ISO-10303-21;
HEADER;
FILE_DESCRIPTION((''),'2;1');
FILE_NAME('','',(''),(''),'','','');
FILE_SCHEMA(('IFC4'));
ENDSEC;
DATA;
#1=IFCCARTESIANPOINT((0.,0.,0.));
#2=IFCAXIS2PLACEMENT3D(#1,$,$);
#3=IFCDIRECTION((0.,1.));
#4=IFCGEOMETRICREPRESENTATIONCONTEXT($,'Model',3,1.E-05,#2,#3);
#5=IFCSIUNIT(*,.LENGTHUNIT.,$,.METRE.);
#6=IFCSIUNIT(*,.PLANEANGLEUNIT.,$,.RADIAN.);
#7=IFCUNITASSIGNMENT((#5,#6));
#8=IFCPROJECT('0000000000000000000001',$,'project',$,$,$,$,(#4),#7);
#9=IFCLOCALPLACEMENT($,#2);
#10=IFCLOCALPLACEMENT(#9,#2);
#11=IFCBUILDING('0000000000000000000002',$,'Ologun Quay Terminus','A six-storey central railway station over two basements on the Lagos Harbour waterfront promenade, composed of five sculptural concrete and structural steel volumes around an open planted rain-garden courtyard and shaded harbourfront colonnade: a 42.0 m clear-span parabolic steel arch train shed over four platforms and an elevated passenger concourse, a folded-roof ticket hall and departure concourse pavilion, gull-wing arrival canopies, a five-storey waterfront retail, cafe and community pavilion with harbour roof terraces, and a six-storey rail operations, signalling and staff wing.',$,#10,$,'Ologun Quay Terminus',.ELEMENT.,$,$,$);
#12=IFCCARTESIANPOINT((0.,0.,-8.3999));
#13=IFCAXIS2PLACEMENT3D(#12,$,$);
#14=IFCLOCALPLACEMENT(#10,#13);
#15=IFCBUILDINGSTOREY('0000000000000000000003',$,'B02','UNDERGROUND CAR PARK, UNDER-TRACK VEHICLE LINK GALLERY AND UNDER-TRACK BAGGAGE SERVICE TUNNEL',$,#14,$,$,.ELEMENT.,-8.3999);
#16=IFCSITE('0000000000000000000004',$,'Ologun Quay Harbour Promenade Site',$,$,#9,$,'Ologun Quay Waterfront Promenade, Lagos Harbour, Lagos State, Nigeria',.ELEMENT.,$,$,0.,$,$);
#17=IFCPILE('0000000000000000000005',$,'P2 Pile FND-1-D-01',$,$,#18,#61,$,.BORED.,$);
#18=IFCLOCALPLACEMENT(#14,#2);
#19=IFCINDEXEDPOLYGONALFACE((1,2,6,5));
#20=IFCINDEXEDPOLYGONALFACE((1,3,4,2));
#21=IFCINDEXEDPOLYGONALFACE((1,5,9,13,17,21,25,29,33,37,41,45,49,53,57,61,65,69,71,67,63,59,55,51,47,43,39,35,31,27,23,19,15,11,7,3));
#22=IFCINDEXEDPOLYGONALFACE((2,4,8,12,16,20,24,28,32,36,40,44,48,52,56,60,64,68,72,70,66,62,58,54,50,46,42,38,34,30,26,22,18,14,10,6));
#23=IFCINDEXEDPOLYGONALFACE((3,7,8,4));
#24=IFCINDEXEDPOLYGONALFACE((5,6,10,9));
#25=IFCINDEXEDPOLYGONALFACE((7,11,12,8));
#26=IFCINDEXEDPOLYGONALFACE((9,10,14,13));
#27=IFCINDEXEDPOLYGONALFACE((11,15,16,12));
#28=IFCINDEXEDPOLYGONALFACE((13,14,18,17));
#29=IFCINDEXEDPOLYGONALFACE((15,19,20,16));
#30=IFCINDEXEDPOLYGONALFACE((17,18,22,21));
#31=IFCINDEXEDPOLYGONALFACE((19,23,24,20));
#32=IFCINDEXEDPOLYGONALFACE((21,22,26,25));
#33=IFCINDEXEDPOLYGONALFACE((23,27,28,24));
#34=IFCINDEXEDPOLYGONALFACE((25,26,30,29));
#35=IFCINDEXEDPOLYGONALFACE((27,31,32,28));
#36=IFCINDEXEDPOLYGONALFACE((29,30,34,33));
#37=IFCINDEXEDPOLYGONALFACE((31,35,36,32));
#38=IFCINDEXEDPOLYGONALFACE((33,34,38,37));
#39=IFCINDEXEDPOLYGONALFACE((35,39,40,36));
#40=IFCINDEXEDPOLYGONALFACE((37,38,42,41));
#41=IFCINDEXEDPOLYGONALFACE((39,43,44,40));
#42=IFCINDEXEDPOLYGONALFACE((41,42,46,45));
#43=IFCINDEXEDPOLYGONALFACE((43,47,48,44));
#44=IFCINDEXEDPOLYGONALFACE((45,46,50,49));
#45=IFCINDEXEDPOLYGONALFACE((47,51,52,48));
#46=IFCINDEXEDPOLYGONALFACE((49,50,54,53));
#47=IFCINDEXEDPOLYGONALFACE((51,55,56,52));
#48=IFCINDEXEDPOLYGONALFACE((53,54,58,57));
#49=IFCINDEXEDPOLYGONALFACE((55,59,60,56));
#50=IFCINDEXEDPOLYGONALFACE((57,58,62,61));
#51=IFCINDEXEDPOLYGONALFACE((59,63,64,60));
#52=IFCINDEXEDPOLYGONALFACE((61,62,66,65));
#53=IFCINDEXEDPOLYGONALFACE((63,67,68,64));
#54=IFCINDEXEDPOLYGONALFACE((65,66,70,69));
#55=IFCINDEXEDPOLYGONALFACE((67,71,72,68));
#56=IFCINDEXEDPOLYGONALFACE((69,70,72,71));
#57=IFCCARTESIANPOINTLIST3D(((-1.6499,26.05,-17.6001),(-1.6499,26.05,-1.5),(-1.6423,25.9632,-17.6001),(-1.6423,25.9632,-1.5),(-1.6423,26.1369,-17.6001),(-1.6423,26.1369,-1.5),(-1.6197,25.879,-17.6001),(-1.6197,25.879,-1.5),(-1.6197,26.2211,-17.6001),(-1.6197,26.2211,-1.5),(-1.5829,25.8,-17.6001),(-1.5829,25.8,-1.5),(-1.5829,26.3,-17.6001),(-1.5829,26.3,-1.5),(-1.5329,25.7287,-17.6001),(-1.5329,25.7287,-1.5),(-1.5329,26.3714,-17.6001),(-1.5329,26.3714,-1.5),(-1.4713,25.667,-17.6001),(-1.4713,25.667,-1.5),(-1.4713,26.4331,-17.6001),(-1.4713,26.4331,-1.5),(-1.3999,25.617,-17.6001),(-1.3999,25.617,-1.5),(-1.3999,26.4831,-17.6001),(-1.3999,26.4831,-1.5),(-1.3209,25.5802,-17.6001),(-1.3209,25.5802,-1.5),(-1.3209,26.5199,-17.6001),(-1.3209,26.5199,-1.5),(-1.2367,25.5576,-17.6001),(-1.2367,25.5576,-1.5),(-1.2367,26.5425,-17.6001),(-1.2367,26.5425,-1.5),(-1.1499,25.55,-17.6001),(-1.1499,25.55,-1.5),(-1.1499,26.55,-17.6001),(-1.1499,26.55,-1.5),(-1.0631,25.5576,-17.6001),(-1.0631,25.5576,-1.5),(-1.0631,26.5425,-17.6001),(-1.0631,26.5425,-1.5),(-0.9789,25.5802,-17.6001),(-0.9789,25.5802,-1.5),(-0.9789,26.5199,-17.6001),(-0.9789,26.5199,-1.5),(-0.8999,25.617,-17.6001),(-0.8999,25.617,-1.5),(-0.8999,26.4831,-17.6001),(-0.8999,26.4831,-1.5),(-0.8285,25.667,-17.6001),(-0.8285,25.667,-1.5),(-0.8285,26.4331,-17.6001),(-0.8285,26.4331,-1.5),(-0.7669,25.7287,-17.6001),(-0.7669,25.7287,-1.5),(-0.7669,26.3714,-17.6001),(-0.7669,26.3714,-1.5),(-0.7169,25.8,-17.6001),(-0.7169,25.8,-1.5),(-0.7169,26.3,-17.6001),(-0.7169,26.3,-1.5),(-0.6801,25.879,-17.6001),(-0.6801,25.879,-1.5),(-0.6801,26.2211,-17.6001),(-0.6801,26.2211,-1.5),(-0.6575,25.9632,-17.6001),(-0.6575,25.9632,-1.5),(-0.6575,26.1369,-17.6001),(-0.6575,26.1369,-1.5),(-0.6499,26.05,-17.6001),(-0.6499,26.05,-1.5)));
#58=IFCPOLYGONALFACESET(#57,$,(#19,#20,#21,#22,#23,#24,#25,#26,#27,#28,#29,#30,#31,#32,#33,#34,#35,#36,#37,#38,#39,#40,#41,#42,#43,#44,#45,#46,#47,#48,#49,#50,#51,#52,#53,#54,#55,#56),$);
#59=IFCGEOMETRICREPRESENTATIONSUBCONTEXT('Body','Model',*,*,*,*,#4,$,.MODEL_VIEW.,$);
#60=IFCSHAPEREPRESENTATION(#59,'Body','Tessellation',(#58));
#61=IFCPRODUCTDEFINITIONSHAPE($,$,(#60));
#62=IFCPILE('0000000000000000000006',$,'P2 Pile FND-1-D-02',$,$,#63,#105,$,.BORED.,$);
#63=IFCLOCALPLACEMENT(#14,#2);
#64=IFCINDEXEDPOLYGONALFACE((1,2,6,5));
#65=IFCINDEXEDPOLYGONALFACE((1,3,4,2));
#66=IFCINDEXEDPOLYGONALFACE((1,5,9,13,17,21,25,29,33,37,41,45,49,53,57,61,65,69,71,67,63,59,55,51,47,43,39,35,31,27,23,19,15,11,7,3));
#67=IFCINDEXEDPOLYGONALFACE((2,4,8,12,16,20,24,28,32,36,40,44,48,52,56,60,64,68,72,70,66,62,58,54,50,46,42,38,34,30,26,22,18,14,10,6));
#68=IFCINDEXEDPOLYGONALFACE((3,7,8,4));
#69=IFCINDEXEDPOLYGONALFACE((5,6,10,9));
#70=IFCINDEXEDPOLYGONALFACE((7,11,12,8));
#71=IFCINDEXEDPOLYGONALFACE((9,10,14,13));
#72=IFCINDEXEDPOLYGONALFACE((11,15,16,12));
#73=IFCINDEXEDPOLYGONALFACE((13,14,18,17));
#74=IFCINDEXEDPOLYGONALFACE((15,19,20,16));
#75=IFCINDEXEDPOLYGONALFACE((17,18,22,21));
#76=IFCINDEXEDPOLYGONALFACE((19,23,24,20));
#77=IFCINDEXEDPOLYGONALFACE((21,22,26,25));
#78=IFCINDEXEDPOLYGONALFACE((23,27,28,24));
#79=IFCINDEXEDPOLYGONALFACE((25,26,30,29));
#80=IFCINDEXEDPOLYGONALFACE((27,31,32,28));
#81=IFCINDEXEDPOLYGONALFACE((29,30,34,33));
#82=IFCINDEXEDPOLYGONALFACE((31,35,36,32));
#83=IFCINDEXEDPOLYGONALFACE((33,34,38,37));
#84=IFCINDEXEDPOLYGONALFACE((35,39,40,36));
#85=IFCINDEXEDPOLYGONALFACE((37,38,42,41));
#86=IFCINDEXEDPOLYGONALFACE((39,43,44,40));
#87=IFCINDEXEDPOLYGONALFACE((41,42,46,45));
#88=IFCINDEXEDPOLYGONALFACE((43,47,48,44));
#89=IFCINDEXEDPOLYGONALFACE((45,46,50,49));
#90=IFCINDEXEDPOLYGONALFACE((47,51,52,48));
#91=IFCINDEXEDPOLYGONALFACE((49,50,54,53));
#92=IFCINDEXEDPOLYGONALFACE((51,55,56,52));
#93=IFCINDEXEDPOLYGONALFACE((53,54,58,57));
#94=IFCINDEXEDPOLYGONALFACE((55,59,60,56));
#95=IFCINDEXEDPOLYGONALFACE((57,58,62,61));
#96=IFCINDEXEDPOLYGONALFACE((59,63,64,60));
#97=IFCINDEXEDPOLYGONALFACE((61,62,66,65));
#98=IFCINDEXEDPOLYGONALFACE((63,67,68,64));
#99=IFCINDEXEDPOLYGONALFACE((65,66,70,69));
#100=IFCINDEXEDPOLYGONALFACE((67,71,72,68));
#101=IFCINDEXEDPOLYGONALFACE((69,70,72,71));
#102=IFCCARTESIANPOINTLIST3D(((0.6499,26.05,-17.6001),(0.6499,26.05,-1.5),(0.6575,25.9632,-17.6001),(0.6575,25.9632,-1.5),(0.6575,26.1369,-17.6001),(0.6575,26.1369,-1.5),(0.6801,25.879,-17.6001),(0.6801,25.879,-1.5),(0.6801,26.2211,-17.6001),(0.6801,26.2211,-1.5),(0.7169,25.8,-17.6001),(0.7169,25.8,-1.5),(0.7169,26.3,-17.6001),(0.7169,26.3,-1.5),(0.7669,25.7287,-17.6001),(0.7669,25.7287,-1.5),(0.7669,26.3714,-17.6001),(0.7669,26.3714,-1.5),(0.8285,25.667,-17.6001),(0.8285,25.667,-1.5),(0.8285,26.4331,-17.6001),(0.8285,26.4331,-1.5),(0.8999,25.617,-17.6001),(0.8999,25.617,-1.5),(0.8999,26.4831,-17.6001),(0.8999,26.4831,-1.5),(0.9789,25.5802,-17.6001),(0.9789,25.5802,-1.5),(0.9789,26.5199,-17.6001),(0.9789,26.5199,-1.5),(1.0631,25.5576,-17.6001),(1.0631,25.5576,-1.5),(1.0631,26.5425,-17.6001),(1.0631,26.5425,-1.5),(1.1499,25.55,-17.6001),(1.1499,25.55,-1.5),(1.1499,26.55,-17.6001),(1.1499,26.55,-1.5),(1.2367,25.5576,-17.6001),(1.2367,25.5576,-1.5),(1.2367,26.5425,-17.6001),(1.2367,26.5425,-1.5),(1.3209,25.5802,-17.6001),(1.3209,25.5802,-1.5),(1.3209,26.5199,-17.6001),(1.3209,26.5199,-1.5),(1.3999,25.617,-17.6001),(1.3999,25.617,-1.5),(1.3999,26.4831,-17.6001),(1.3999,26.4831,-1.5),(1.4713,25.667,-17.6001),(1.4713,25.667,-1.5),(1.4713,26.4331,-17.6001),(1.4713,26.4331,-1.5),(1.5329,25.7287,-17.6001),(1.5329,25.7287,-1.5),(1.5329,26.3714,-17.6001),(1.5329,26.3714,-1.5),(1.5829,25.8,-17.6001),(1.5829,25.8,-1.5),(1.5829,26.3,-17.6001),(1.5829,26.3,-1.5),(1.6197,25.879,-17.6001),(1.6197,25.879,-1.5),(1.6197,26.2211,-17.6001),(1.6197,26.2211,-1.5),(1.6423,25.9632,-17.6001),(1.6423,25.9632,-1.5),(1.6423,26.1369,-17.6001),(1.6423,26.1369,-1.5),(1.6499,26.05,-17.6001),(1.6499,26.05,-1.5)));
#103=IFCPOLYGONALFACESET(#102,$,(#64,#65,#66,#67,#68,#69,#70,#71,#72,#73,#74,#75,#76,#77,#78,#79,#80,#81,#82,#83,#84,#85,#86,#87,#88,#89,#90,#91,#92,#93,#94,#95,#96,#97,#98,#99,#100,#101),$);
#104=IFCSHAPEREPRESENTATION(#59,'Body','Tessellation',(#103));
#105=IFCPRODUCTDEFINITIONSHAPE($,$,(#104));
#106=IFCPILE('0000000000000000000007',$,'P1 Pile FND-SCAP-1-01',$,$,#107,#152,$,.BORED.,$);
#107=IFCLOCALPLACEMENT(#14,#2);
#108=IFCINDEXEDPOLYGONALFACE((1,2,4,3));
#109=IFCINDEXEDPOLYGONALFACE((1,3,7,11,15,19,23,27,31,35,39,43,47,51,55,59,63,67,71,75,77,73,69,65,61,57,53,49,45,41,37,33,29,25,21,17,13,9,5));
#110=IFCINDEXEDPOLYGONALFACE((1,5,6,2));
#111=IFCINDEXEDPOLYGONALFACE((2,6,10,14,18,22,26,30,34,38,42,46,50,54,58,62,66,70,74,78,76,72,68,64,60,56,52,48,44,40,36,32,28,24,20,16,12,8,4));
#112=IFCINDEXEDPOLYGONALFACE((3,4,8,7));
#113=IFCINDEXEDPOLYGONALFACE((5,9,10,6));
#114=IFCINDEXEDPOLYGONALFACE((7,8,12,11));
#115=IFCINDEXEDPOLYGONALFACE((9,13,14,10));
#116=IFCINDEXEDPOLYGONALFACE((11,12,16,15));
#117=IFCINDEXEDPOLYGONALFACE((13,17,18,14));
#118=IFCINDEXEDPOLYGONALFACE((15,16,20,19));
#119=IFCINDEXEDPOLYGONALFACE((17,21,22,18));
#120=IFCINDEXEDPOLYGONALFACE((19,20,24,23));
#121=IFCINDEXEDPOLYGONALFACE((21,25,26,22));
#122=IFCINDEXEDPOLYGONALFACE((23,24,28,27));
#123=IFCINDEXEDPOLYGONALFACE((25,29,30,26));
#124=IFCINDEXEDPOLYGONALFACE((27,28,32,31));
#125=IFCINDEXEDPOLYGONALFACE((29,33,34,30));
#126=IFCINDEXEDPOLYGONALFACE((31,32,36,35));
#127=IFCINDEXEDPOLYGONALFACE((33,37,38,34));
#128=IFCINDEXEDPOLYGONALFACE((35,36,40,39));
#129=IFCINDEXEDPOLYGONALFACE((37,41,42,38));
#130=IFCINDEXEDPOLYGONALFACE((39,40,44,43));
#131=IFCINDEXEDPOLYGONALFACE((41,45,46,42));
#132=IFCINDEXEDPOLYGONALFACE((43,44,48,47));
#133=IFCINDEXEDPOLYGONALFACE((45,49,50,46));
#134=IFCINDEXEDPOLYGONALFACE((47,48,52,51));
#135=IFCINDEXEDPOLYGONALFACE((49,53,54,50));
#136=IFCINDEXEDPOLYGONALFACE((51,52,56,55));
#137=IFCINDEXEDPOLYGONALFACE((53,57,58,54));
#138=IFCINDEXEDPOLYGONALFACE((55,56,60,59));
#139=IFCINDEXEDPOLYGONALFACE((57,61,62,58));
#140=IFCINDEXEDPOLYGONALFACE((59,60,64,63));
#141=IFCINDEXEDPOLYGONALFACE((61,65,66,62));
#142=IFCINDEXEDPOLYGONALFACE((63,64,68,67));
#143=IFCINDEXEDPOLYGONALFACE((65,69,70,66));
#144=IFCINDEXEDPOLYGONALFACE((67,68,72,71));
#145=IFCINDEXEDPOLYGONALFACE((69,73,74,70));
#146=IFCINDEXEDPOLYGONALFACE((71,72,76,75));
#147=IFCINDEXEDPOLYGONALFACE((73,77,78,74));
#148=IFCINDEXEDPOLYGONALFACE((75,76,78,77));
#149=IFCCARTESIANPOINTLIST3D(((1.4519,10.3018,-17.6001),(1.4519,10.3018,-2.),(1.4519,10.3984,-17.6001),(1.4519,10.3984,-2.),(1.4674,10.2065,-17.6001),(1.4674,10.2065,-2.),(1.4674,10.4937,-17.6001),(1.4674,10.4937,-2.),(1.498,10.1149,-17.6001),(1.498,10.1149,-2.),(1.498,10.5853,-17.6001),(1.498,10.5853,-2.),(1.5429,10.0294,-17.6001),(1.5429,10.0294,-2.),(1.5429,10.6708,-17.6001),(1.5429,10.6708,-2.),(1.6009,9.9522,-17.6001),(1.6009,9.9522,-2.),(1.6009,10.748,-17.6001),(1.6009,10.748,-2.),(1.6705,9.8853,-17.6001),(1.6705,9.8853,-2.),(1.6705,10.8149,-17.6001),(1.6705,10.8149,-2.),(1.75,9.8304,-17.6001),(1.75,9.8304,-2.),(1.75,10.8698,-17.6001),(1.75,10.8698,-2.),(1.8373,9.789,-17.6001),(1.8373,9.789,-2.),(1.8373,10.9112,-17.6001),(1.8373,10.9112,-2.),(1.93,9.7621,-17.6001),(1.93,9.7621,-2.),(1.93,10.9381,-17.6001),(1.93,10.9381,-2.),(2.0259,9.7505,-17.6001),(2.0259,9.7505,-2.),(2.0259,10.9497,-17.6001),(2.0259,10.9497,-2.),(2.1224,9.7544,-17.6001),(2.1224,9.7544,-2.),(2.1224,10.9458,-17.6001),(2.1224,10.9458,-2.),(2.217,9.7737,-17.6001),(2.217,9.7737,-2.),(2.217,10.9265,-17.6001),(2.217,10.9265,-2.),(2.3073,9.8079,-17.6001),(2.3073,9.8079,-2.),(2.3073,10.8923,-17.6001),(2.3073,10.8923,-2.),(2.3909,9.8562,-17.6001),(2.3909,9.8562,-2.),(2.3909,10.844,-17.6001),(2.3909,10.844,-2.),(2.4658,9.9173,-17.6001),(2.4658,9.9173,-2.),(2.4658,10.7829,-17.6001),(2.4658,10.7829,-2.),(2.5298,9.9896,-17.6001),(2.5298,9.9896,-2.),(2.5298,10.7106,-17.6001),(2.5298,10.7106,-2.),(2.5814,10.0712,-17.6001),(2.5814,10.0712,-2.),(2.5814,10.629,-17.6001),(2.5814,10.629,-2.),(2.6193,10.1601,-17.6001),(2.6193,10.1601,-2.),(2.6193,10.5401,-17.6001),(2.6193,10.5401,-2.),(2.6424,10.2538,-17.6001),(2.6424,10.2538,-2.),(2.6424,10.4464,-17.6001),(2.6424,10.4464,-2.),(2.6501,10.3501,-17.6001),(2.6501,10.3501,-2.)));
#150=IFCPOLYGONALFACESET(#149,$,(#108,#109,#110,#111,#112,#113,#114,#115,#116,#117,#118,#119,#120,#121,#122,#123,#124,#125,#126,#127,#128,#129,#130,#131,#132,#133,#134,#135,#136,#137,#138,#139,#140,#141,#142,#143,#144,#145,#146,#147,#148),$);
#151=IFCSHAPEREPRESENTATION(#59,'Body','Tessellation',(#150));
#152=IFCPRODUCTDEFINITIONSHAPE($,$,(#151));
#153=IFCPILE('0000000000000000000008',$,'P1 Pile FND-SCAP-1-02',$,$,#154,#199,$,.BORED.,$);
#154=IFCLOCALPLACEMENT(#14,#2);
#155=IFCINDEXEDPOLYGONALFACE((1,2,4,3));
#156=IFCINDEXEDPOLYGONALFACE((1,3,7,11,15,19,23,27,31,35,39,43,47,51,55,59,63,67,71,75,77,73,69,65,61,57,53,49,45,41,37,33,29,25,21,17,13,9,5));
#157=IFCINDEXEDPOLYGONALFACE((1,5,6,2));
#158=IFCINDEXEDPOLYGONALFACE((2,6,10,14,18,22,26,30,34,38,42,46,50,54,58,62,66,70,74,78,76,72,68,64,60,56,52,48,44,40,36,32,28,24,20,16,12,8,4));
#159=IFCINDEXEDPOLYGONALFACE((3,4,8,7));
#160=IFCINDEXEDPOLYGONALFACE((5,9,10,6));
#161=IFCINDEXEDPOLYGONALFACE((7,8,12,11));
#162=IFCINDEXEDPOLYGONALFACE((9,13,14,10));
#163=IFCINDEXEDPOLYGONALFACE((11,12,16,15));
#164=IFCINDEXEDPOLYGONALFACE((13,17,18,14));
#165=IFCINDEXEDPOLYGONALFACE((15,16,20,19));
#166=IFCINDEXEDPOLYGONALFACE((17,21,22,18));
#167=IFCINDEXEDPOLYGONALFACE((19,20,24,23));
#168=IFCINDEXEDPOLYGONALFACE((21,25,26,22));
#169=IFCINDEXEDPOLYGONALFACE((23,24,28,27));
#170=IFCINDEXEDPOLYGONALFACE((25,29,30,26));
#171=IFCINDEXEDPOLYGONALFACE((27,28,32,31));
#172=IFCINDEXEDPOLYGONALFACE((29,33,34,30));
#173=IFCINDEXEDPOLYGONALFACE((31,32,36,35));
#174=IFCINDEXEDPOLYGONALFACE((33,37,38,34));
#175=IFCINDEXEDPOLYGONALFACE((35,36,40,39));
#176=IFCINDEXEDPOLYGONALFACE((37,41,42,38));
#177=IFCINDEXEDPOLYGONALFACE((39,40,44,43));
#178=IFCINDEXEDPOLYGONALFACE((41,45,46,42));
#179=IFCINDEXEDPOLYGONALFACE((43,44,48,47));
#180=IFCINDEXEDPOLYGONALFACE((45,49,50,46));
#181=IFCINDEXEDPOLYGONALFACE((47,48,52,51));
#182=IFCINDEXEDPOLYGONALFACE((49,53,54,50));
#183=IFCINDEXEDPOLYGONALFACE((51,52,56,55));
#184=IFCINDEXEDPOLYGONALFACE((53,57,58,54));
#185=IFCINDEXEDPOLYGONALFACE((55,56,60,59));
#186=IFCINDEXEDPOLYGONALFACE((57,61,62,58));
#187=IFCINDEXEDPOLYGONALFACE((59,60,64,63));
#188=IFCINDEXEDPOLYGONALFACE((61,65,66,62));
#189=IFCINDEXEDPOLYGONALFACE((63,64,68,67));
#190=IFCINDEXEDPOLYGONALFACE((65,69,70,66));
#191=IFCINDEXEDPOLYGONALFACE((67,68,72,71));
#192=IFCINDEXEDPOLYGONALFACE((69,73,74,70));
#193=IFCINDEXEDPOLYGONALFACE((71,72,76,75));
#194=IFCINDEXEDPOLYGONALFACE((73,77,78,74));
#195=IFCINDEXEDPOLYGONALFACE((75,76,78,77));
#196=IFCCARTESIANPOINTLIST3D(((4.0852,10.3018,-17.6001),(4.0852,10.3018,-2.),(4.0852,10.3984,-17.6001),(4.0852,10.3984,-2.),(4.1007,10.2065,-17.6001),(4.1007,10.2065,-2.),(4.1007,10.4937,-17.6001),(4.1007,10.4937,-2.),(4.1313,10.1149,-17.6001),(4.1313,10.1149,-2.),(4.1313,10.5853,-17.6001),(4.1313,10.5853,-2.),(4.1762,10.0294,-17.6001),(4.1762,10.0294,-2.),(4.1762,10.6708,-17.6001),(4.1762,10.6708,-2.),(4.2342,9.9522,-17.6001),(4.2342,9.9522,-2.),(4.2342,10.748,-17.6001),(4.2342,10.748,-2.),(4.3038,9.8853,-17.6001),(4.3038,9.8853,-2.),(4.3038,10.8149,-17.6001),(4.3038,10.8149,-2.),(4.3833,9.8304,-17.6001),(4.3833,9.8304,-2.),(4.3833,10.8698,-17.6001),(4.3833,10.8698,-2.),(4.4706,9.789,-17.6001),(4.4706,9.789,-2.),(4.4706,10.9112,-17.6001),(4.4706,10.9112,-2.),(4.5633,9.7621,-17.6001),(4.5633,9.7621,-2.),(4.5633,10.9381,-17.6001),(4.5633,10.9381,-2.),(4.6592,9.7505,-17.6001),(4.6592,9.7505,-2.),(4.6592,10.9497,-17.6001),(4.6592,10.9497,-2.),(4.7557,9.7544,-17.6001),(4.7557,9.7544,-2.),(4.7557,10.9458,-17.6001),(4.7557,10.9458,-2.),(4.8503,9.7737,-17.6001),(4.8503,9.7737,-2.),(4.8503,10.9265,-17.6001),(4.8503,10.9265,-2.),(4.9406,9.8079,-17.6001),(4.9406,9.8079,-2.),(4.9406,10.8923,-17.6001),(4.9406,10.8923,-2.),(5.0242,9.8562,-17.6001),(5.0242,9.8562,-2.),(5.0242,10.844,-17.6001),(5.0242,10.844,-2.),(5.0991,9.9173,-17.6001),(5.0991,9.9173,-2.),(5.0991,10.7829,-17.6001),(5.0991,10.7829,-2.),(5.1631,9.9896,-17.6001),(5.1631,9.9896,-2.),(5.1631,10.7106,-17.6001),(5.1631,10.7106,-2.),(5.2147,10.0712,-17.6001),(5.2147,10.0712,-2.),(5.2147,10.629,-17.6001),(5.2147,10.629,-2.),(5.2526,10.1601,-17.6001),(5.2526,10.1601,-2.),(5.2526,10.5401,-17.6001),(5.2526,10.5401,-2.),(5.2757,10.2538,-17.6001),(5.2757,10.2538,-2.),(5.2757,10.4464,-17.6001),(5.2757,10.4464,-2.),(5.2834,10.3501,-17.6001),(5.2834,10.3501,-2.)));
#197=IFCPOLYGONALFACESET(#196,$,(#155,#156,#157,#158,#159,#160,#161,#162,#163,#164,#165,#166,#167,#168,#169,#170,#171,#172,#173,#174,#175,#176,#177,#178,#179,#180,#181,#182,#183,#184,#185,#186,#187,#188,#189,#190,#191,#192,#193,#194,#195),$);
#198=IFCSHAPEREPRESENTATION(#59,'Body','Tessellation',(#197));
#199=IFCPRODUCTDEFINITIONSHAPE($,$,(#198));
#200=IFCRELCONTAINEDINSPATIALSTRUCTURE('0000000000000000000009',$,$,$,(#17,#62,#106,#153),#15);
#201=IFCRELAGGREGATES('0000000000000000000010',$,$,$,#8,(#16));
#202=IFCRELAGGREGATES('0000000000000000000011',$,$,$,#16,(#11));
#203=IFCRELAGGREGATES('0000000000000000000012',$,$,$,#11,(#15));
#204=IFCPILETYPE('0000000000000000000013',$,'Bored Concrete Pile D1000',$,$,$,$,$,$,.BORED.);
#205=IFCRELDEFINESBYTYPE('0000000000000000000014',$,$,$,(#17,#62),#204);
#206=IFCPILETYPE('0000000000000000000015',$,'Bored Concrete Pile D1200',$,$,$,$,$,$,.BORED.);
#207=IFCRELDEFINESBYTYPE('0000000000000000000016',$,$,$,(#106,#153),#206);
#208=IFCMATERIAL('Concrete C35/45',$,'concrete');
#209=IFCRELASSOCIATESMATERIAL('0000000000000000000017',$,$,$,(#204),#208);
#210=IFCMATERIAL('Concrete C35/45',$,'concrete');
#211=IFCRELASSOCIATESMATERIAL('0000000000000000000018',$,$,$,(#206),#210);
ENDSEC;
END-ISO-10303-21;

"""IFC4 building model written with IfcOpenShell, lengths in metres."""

from ifc_helpers import new_model, si_unit, direction, frame, origin, origin_2d, place, context, subcontext, project, spatial, circle, extrude, material, material_profile, profile_set, type_object, element, save


model = new_model("IFC4")

# Units and contexts
model_context = context("Model", 3, precision=1e-05, world=origin(), true_north=direction((0.0, 1.0)))
body_context = subcontext(model_context, "Body", "Model", "MODEL_VIEW")
ifc_project = project(units=[si_unit("LENGTHUNIT", "METRE"), si_unit("PLANEANGLEUNIT", "RADIAN")], contexts=[model_context])

# Site, building, storey
site_placement = place(None, origin())
site = spatial("IfcSite", under=ifc_project, at=site_placement, Name="Ologun Quay Harbour Promenade Site", LongName="Ologun Quay Waterfront Promenade, Lagos Harbour, Lagos State, Nigeria", CompositionType="ELEMENT", RefElevation=0.0)
building_placement = place(site_placement, origin())
building = spatial("IfcBuilding", under=site, at=building_placement, Name="Ologun Quay Terminus", Description="A six-storey central railway station over two basements on the Lagos Harbour waterfront promenade, composed of five sculptural concrete and structural steel volumes around an open planted rain-garden courtyard and shaded harbourfront colonnade: a 42.0 m clear-span parabolic steel arch train shed over four platforms and an elevated passenger concourse, a folded-roof ticket hall and departure concourse pavilion, gull-wing arrival canopies, a five-storey waterfront retail, cafe and community pavilion with harbour roof terraces, and a six-storey rail operations, signalling and staff wing.", LongName="Ologun Quay Terminus", CompositionType="ELEMENT")
storey_placement = place(building_placement, frame((0.0, 0.0, -8.3999)))
storey = spatial("IfcBuildingStorey", under=building, at=storey_placement, Name="B02", Description="UNDERGROUND CAR PARK, UNDER-TRACK VEHICLE LINK GALLERY AND UNDER-TRACK BAGGAGE SERVICE TUNNEL", CompositionType="ELEMENT", Elevation=-8.3999)

# Piles
ifc_material_1 = material(Name="Concrete C35/45", Category="concrete")
ifc_material_profile_1 = material_profile(ifc_material_1, circle(Radius=0.5, at=origin_2d()), Name="PILE D1000")
ifc_profile_set_1 = profile_set([ifc_material_profile_1], Name="Concrete C35/45")
pile_type_1 = type_object("IfcPileType", Name="Bored Concrete Pile D1000", PredefinedType="BORED", material=ifc_profile_set_1)
for number, where, z_axis, x_axis, name in (
    (1, (-1.1499, 26.05, -1.5), (0.0, 0.0, -1.0), (1.0, 0.0, 0.0), "P2 Pile FND-1-D-01"),
    (2, (1.1499, 26.05, -1.5), (0.0, 0.0, -1.0), (1.0, 0.0, 0.0), "P2 Pile FND-1-D-02"),
):
    element("IfcPile", number, at=place(storey_placement, frame(where, z_axis=z_axis, x_axis=x_axis)), inside=storey, type_object=pile_type_1, Name=name, PredefinedType="BORED", context=body_context, shape_type="SweptSolid", body=[
        extrude(circle(Radius=0.5, at=origin_2d()), origin(), (0.0, 0.0, 1.0), 16.1001),
    ])
ifc_material_2 = material(Name="Concrete C35/45", Category="concrete")
ifc_material_profile_2 = material_profile(ifc_material_2, circle(Radius=0.6001, at=origin_2d()), Name="PILE D1200")
ifc_profile_set_2 = profile_set([ifc_material_profile_2], Name="Concrete C35/45")
pile_type_2 = type_object("IfcPileType", Name="Bored Concrete Pile D1200", PredefinedType="BORED", material=ifc_profile_set_2)
for number, where, z_axis, x_axis, name in (
    (3, (2.05, 10.3501, -2.0), (0.0, 0.0, -1.0), (1.0, 0.0, 0.0), "P1 Pile FND-SCAP-1-01"),
    (4, (4.6833, 10.3501, -2.0), (0.0, 0.0, -1.0), (1.0, 0.0, 0.0), "P1 Pile FND-SCAP-1-02"),
):
    element("IfcPile", number, at=place(storey_placement, frame(where, z_axis=z_axis, x_axis=x_axis)), inside=storey, type_object=pile_type_2, Name=name, PredefinedType="BORED", context=body_context, shape_type="SweptSolid", body=[
        extrude(circle(Radius=0.6001, at=origin_2d()), origin(), (0.0, 0.0, 1.0), 15.6001),
    ])

save(model, "model.ifc")
